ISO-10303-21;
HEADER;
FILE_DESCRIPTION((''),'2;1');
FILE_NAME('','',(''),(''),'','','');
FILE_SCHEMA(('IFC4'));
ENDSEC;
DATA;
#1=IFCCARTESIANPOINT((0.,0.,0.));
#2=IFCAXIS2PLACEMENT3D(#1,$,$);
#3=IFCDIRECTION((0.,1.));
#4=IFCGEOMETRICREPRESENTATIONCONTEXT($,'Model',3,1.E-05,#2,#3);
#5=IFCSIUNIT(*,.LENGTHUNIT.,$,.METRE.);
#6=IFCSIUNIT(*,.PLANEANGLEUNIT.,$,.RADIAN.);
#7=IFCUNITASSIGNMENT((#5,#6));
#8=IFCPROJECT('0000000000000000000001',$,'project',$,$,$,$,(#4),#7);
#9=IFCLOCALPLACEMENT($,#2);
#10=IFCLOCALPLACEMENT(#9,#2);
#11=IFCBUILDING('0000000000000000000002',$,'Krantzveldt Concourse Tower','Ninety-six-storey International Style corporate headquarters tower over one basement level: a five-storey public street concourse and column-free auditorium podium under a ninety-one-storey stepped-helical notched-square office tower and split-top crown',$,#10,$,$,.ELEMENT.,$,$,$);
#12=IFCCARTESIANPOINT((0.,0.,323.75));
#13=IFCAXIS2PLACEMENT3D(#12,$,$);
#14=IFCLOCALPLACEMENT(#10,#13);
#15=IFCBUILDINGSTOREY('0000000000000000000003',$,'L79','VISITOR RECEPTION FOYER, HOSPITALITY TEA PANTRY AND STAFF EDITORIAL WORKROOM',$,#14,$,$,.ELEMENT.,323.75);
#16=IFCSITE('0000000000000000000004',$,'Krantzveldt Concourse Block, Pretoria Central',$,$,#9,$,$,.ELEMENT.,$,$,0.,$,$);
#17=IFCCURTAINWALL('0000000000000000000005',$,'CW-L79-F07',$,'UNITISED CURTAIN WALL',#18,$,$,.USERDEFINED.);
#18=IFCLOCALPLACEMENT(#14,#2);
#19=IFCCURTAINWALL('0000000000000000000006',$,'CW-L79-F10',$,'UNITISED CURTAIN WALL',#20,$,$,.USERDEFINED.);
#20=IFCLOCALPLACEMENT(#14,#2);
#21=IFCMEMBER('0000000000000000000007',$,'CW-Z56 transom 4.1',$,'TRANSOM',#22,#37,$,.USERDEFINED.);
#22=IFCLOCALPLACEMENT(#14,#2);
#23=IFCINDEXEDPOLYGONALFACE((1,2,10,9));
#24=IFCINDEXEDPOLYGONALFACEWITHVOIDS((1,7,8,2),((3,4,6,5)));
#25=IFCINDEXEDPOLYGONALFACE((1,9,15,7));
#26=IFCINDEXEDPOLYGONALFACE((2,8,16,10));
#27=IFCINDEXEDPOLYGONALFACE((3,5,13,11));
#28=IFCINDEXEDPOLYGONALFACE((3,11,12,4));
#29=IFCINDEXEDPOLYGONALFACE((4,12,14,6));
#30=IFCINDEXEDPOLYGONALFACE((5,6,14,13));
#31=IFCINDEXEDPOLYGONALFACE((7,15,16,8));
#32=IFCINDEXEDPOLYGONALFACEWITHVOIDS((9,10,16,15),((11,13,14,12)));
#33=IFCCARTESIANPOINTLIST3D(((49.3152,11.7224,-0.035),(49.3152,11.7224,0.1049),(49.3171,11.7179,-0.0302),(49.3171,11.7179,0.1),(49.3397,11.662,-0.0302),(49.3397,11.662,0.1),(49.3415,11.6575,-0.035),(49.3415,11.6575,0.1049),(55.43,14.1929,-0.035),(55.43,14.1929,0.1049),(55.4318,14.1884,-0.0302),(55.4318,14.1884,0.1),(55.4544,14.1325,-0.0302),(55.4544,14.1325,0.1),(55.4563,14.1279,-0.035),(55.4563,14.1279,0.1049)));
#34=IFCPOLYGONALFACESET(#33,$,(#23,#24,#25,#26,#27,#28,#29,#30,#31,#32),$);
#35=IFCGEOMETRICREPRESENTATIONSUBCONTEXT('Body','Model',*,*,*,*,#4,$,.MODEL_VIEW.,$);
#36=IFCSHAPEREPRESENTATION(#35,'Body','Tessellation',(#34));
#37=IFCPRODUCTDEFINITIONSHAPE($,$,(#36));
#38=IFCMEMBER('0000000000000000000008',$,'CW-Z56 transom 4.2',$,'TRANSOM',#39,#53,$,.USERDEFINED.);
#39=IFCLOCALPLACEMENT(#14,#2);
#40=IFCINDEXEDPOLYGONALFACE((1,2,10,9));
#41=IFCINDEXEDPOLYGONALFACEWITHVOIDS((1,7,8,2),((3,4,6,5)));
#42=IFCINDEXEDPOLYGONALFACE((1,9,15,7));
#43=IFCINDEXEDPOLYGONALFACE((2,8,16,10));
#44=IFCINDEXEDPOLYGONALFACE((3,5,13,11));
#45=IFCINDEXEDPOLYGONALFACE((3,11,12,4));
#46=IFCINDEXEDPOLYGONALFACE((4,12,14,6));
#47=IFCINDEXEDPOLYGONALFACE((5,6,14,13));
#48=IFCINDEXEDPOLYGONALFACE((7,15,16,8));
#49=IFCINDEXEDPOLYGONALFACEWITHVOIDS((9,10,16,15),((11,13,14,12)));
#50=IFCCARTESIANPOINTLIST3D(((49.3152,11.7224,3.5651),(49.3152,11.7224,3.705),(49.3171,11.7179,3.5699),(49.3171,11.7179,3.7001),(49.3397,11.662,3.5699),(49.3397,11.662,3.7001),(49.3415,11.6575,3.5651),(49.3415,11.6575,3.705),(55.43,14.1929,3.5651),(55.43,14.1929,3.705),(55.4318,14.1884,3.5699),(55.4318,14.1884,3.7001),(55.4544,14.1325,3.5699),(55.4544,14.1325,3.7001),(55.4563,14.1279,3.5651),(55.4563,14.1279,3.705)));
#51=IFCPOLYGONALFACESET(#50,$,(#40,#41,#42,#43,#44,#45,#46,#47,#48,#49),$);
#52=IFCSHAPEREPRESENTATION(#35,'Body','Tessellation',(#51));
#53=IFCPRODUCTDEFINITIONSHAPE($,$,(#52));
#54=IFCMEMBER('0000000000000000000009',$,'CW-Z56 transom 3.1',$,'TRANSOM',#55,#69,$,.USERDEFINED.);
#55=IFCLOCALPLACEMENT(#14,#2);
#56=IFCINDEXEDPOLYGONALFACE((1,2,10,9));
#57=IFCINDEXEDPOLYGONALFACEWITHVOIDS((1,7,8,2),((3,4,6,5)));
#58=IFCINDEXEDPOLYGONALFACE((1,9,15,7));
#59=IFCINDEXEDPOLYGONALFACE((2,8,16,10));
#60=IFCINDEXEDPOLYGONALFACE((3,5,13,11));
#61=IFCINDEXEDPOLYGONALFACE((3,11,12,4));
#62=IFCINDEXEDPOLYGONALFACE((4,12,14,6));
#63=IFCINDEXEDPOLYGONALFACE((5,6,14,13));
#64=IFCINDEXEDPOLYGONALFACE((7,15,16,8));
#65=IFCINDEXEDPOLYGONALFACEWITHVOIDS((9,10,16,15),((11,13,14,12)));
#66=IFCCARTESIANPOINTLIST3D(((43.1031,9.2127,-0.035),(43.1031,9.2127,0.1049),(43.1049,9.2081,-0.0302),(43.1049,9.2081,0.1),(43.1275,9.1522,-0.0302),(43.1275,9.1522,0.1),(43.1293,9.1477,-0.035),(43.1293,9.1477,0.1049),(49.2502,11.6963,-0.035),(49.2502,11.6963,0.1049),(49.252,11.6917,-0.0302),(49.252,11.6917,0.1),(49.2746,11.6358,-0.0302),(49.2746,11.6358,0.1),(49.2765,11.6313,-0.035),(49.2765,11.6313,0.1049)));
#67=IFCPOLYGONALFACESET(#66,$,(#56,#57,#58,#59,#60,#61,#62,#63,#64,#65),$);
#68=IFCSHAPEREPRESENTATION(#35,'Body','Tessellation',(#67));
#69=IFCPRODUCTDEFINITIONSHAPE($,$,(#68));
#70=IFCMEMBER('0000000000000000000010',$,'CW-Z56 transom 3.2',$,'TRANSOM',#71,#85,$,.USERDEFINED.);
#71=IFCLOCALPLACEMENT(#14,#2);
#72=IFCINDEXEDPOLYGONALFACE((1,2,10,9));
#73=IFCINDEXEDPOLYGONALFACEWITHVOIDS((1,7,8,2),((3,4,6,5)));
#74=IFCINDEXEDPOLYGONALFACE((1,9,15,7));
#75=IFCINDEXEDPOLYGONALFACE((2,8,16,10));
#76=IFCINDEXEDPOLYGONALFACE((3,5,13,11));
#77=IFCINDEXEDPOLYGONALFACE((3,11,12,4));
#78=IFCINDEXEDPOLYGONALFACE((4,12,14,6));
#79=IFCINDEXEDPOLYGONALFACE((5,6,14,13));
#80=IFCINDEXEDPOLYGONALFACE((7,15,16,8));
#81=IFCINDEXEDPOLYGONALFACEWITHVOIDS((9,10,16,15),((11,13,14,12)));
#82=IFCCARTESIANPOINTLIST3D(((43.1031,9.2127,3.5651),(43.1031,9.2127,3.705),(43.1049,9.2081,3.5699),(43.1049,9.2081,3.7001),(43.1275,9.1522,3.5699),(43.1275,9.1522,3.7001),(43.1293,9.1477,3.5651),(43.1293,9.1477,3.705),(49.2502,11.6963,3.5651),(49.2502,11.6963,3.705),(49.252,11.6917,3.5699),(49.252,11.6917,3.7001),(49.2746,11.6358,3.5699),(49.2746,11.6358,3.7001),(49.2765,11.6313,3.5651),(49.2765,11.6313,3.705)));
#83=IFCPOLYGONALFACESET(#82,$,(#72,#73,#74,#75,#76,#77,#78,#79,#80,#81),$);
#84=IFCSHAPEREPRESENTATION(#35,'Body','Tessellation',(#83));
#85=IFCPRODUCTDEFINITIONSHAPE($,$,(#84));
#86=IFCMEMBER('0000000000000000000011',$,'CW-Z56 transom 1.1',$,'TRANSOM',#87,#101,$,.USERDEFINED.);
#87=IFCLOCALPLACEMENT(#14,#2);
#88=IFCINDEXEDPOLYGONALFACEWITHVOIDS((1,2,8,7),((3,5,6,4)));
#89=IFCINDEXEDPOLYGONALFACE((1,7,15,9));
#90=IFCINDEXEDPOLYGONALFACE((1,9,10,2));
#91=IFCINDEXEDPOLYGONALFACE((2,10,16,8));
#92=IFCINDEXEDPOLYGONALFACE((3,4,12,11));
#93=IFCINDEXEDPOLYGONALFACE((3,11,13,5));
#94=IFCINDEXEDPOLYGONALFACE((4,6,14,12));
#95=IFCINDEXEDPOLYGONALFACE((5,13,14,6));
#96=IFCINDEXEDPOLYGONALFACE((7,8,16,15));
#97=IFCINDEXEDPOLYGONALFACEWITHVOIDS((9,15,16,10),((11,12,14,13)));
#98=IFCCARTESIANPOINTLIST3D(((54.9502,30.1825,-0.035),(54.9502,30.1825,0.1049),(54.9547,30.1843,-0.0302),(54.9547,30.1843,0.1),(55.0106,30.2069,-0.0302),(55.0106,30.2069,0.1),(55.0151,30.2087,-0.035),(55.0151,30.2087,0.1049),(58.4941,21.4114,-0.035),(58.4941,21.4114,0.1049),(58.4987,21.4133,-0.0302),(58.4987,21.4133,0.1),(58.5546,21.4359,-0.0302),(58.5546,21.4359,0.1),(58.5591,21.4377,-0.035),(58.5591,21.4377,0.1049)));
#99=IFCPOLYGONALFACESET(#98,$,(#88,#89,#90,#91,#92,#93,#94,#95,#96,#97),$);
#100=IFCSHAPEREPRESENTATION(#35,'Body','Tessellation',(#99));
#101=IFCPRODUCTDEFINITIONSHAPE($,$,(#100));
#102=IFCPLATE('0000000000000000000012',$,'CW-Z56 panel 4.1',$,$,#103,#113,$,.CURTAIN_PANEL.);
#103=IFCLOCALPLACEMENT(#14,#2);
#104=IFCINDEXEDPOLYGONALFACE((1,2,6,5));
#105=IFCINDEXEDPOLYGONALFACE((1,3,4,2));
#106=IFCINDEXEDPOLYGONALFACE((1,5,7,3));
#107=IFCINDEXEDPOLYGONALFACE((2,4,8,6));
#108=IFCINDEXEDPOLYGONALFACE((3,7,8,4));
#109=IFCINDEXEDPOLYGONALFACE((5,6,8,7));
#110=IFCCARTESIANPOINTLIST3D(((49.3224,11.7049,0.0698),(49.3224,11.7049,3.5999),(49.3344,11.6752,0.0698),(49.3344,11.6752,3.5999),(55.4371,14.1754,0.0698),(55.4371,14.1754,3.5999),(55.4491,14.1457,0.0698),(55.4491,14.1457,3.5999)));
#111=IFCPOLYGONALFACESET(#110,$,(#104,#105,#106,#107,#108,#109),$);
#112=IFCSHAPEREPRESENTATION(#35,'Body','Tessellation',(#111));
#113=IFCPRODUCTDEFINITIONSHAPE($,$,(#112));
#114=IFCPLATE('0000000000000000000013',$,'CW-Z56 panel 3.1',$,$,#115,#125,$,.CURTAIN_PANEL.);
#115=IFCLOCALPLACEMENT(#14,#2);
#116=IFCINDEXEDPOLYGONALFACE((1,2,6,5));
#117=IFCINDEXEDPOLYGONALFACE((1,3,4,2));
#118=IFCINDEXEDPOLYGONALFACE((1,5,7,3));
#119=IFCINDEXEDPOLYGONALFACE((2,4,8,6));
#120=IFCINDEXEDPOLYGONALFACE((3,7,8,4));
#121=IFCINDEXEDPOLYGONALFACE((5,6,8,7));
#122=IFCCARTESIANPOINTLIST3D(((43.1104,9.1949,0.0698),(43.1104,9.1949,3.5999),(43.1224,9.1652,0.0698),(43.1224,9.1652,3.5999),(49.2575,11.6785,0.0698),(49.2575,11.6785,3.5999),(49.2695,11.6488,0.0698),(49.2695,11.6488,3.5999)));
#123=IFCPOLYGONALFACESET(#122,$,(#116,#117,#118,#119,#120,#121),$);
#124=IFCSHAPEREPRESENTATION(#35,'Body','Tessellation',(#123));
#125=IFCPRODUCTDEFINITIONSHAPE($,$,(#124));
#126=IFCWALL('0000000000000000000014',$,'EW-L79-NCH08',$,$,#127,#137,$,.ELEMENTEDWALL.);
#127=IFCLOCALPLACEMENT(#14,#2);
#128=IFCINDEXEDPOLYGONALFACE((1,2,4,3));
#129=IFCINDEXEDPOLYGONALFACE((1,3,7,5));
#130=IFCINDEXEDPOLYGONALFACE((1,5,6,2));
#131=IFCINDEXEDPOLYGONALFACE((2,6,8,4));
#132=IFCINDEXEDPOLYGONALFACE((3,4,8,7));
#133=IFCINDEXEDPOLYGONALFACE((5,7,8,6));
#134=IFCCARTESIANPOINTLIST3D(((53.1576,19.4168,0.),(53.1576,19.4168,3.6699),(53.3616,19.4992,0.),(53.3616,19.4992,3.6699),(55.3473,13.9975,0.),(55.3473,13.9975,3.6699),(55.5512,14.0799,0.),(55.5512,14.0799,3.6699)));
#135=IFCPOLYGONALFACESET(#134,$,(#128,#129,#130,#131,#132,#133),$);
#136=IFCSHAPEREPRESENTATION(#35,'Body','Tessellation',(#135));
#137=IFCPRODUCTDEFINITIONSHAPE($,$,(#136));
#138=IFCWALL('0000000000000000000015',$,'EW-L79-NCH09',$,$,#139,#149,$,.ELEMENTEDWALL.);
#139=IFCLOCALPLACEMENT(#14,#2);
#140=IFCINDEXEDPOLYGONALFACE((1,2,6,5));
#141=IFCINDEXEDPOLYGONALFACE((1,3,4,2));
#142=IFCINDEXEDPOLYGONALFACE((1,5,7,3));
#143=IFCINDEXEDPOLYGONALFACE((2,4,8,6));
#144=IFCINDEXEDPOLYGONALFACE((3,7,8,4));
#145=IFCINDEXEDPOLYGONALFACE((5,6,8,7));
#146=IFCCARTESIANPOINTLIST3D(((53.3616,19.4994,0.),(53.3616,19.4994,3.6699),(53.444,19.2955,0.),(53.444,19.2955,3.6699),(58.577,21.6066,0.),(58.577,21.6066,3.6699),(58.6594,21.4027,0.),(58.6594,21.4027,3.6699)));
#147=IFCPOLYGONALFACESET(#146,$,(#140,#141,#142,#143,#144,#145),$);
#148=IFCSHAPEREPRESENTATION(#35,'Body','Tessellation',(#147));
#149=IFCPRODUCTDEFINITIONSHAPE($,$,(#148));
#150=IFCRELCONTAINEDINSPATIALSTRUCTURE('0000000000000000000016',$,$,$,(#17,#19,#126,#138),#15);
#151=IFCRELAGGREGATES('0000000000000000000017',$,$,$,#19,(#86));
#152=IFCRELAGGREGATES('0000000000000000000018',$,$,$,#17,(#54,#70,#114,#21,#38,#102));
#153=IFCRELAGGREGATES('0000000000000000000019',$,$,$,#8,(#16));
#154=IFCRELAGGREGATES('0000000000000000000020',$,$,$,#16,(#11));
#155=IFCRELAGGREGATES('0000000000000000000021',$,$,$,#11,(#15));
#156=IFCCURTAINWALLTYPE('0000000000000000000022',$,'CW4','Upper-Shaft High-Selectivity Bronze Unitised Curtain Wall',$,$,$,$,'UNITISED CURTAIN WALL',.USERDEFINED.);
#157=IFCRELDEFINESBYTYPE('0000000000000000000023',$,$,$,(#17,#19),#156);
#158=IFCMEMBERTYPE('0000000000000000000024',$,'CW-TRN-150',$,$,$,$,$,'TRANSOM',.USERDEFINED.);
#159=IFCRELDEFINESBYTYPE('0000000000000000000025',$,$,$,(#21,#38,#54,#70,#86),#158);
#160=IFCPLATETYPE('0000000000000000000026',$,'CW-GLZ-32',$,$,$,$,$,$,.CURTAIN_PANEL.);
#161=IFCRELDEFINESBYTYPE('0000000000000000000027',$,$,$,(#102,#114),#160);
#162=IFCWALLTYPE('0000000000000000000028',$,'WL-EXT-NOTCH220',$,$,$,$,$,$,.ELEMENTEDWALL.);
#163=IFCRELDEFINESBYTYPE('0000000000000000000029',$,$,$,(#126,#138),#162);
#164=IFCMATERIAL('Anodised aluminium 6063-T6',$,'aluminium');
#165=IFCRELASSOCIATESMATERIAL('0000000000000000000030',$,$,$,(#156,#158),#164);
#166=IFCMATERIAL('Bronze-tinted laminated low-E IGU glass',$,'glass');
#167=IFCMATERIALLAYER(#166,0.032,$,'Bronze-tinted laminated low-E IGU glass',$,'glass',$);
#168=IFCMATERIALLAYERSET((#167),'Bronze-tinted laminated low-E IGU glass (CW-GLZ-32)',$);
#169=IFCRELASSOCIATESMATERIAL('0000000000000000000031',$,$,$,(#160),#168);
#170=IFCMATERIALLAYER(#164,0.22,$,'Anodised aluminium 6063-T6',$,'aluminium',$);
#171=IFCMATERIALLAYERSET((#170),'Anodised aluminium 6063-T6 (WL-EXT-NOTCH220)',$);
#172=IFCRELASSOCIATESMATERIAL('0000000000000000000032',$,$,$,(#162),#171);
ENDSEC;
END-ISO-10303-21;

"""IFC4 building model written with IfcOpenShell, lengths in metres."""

from ifc_helpers import new_model, si_unit, direction, frame, frame_2d, origin, origin_2d, place, context, subcontext, project, spatial, rectangle, hollow_rectangle, extrude, source, transform, mapped, material, layer, layer_set, material_profile, profile_set, type_object, type_shapes, element, aggregate, save


model = new_model("IFC4")

# Units and contexts
model_context = context("Model", 3, precision=1e-05, world=origin(), true_north=direction((0.0, 1.0)))
body_context = subcontext(model_context, "Body", "Model", "MODEL_VIEW")
ifc_project = project(units=[si_unit("LENGTHUNIT", "METRE"), si_unit("PLANEANGLEUNIT", "RADIAN")], contexts=[model_context])

# Site, building, storey
site_placement = place(None, origin())
site = spatial("IfcSite", under=ifc_project, at=site_placement, Name="Krantzveldt Concourse Block, Pretoria Central", CompositionType="ELEMENT", RefElevation=0.0)
building_placement = place(site_placement, origin())
building = spatial("IfcBuilding", under=site, at=building_placement, Name="Krantzveldt Concourse Tower", Description="Ninety-six-storey International Style corporate headquarters tower over one basement level: a five-storey public street concourse and column-free auditorium podium under a ninety-one-storey stepped-helical notched-square office tower and split-top crown", CompositionType="ELEMENT")
storey_placement = place(building_placement, frame((0.0, 0.0, 323.75)))
storey = spatial("IfcBuildingStorey", under=building, at=storey_placement, Name="L79", Description="VISITOR RECEPTION FOYER, HOSPITALITY TEA PANTRY AND STAFF EDITORIAL WORKROOM", CompositionType="ELEMENT", Elevation=323.75)

# Curtain wall
ifc_material_1 = material(Name="Anodised aluminium 6063-T6", Category="aluminium")
curtain_wall_type = type_object("IfcCurtainWallType", Name="CW4", Description="Upper-Shaft High-Selectivity Bronze Unitised Curtain Wall", ElementType="UNITISED CURTAIN WALL", PredefinedType="USERDEFINED", material=ifc_material_1)
curtain_wall_1_placement = place(storey_placement, origin())
curtain_wall_1 = element("IfcCurtainWall", 1, at=curtain_wall_1_placement, inside=storey, type_object=curtain_wall_type, Name="CW-L79-F07", ObjectType="UNITISED CURTAIN WALL", PredefinedType="USERDEFINED")

# Curtain wall
curtain_wall_2_placement = place(storey_placement, origin())
curtain_wall_2 = element("IfcCurtainWall", 2, at=curtain_wall_2_placement, inside=storey, type_object=curtain_wall_type, Name="CW-L79-F10", ObjectType="UNITISED CURTAIN WALL", PredefinedType="USERDEFINED")

# Members
ifc_material_profile_1 = material_profile(ifc_material_1, hollow_rectangle(XDim=0.0701, YDim=0.1399, WallThickness=0.0049, at=origin_2d()), Name="Anodised aluminium 6063-T6", Category="aluminium")
ifc_profile_set_1 = profile_set([ifc_material_profile_1], Name="Anodised aluminium 6063-T6 - ALU-TRAN 140x70x5")
member_type_1 = type_object("IfcMemberType", Name="CW-TRN-150", ElementType="TRANSOM", PredefinedType="USERDEFINED", material=ifc_profile_set_1)
shared_shape_1 = source(origin(), body_context, "Body", "SweptSolid", [
    extrude(hollow_rectangle(XDim=0.0701, YDim=0.1399, WallThickness=0.0049, at=origin_2d()), origin(), (0.0, 0.0, 1.0), 6.595),
])
member_1_placement = place(storey_placement, frame((49.3284, 11.6899, 0.0349), z_axis=(0.927187, 0.374599, 0.0), x_axis=(-0.374599, 0.927187, 0.0)))
member_1 = element("IfcMember", 3, at=member_1_placement, type_object=member_type_1, Name="CW-Z56 transom 4.1", ObjectType="TRANSOM", PredefinedType="USERDEFINED", context=body_context, shape_type="MappedRepresentation", body=[
    mapped(shared_shape_1, transform((0.0, 0.0, 0.0), x_axis=(1.0, 0.0, 0.0), y_axis=(0.0, 1.0, 0.0), z_axis=(0.0, 0.0, 1.0), scale=1.0)),
])
member_2_placement = place(storey_placement, frame((49.3284, 11.6899, 3.635), z_axis=(0.927187, 0.374599, 0.0), x_axis=(-0.374599, 0.927187, 0.0)))
member_2 = element("IfcMember", 4, at=member_2_placement, type_object=member_type_1, Name="CW-Z56 transom 4.2", ObjectType="TRANSOM", PredefinedType="USERDEFINED", context=body_context, shape_type="MappedRepresentation", body=[
    mapped(shared_shape_1, transform((0.0, 0.0, 0.0), x_axis=(1.0, 0.0, 0.0), y_axis=(0.0, 1.0, 0.0), z_axis=(0.0, 0.0, 1.0), scale=1.0)),
])
shared_shape_2 = source(origin(), body_context, "Body", "SweptSolid", [
    extrude(hollow_rectangle(XDim=0.0701, YDim=0.1399, WallThickness=0.0049, at=origin_2d()), origin(), (0.0, 0.0, 1.0), 6.6299),
])
member_3_placement = place(storey_placement, frame((43.1162, 9.1802, 0.0349), z_axis=(0.927184, 0.374607, 0.0), x_axis=(-0.374607, 0.927184, 0.0)))
member_3 = element("IfcMember", 5, at=member_3_placement, type_object=member_type_1, Name="CW-Z56 transom 3.1", ObjectType="TRANSOM", PredefinedType="USERDEFINED", context=body_context, shape_type="MappedRepresentation", body=[
    mapped(shared_shape_2, transform((0.0, 0.0, 0.0), x_axis=(1.0, 0.0, 0.0), y_axis=(0.0, 1.0, 0.0), z_axis=(0.0, 0.0, 1.0), scale=1.0)),
])
member_4_placement = place(storey_placement, frame((43.1162, 9.1802, 3.635), z_axis=(0.927184, 0.374607, 0.0), x_axis=(-0.374607, 0.927184, 0.0)))
member_4 = element("IfcMember", 6, at=member_4_placement, type_object=member_type_1, Name="CW-Z56 transom 3.2", ObjectType="TRANSOM", PredefinedType="USERDEFINED", context=body_context, shape_type="MappedRepresentation", body=[
    mapped(shared_shape_2, transform((0.0, 0.0, 0.0), x_axis=(1.0, 0.0, 0.0), y_axis=(0.0, 1.0, 0.0), z_axis=(0.0, 0.0, 1.0), scale=1.0)),
])
shared_shape_3 = source(origin(), body_context, "Body", "SweptSolid", [
    extrude(hollow_rectangle(XDim=0.0701, YDim=0.1399, WallThickness=0.0049, at=origin_2d()), origin(), (0.0, 0.0, 1.0), 9.46),
])
type_shapes(member_type_1, [shared_shape_1, shared_shape_2, shared_shape_3])
member_5_placement = place(storey_placement, frame((58.5266, 21.4246, 0.0349), z_axis=(-0.374628, 0.927175, 0.0), x_axis=(-0.927175, -0.374628, 0.0)))
member_5 = element("IfcMember", 7, at=member_5_placement, type_object=member_type_1, Name="CW-Z56 transom 1.1", ObjectType="TRANSOM", PredefinedType="USERDEFINED", context=body_context, shape_type="MappedRepresentation", body=[
    mapped(shared_shape_3, transform((0.0, 0.0, 0.0), x_axis=(1.0, 0.0, 0.0), y_axis=(0.0, 1.0, 0.0), z_axis=(0.0, 0.0, 1.0), scale=1.0)),
])
aggregate(curtain_wall_2, [member_5])

# Plates
ifc_material_2 = material(Name="Bronze-tinted laminated low-E IGU glass", Category="glass")
ifc_layer_1 = layer(ifc_material_2, 0.032, Name="Bronze-tinted laminated low-E IGU glass", Category="glass")
ifc_layer_set_1 = layer_set([ifc_layer_1], Name="Bronze-tinted laminated low-E IGU glass (CW-GLZ-32)")
plate_type = type_object("IfcPlateType", Name="CW-GLZ-32", PredefinedType="CURTAIN_PANEL", material=ifc_layer_set_1)
shared_shape_4 = source(origin(), body_context, "Body", "SweptSolid", [
    extrude(rectangle(XDim=6.595, YDim=0.032, at=origin_2d()), origin(), (0.0, 0.0, 1.0), 3.53),
])
plate_1_placement = place(storey_placement, frame((52.3857, 12.9253, 0.0698), z_axis=(0.0, 0.0, 1.0), x_axis=(0.927184, 0.374607, 0.0)))
plate_1 = element("IfcPlate", 8, at=plate_1_placement, type_object=plate_type, Name="CW-Z56 panel 4.1", PredefinedType="CURTAIN_PANEL", context=body_context, shape_type="MappedRepresentation", body=[
    mapped(shared_shape_4, transform((0.0, 0.0, 0.0), x_axis=(1.0, 0.0, 0.0), y_axis=(0.0, 1.0, 0.0), z_axis=(0.0, 0.0, 1.0), scale=1.0)),
])
shared_shape_5 = source(origin(), body_context, "Body", "SweptSolid", [
    extrude(rectangle(XDim=6.6299, YDim=0.032, at=origin_2d()), origin(), (0.0, 0.0, 1.0), 3.53),
])
type_shapes(plate_type, [shared_shape_4, shared_shape_5])
plate_2_placement = place(storey_placement, frame((46.1899, 10.4219, 0.0698), z_axis=(0.0, 0.0, 1.0), x_axis=(0.927184, 0.374607, 0.0)))
plate_2 = element("IfcPlate", 9, at=plate_2_placement, type_object=plate_type, Name="CW-Z56 panel 3.1", PredefinedType="CURTAIN_PANEL", context=body_context, shape_type="MappedRepresentation", body=[
    mapped(shared_shape_5, transform((0.0, 0.0, 0.0), x_axis=(1.0, 0.0, 0.0), y_axis=(0.0, 1.0, 0.0), z_axis=(0.0, 0.0, 1.0), scale=1.0)),
])
aggregate(curtain_wall_1, [member_3, member_4, plate_2, member_1, member_2, plate_1])

# Walls
ifc_layer_2 = layer(ifc_material_1, 0.22, Name="Anodised aluminium 6063-T6", Category="aluminium")
ifc_layer_set_2 = layer_set([ifc_layer_2], Name="Anodised aluminium 6063-T6 (WL-EXT-NOTCH220)")
wall_type_1 = type_object("IfcWallType", Name="WL-EXT-NOTCH220", PredefinedType="ELEMENTEDWALL", material=ifc_layer_set_2)
wall_1_placement = place(storey_placement, frame((55.4492, 14.0388, 0.0), z_axis=(0.0, 0.0, 1.0), x_axis=(-0.374622, 0.927178, 0.0)))
element("IfcWall", 10, at=wall_1_placement, inside=storey, type_object=wall_type_1, Name="EW-L79-NCH08", PredefinedType="ELEMENTEDWALL", context=body_context, shape_type="SweptSolid", body=[
    extrude(rectangle(XDim=5.845, YDim=0.22, at=frame_2d((2.9224, 0.0))), origin(), (0.0, 0.0, 1.0), 3.6699),
])
wall_2_placement = place(storey_placement, frame((53.4028, 19.3975, 0.0), z_axis=(0.0, 0.0, 1.0), x_axis=(0.927181, 0.374614, 0.0)))
element("IfcWall", 11, at=wall_2_placement, inside=storey, type_object=wall_type_1, Name="EW-L79-NCH09", PredefinedType="ELEMENTEDWALL", context=body_context, shape_type="SweptSolid", body=[
    extrude(rectangle(XDim=5.625, YDim=0.22, at=frame_2d((2.8125, 0.0))), origin(), (0.0, 0.0, 1.0), 3.6699),
])

save(model, "model.ifc")
